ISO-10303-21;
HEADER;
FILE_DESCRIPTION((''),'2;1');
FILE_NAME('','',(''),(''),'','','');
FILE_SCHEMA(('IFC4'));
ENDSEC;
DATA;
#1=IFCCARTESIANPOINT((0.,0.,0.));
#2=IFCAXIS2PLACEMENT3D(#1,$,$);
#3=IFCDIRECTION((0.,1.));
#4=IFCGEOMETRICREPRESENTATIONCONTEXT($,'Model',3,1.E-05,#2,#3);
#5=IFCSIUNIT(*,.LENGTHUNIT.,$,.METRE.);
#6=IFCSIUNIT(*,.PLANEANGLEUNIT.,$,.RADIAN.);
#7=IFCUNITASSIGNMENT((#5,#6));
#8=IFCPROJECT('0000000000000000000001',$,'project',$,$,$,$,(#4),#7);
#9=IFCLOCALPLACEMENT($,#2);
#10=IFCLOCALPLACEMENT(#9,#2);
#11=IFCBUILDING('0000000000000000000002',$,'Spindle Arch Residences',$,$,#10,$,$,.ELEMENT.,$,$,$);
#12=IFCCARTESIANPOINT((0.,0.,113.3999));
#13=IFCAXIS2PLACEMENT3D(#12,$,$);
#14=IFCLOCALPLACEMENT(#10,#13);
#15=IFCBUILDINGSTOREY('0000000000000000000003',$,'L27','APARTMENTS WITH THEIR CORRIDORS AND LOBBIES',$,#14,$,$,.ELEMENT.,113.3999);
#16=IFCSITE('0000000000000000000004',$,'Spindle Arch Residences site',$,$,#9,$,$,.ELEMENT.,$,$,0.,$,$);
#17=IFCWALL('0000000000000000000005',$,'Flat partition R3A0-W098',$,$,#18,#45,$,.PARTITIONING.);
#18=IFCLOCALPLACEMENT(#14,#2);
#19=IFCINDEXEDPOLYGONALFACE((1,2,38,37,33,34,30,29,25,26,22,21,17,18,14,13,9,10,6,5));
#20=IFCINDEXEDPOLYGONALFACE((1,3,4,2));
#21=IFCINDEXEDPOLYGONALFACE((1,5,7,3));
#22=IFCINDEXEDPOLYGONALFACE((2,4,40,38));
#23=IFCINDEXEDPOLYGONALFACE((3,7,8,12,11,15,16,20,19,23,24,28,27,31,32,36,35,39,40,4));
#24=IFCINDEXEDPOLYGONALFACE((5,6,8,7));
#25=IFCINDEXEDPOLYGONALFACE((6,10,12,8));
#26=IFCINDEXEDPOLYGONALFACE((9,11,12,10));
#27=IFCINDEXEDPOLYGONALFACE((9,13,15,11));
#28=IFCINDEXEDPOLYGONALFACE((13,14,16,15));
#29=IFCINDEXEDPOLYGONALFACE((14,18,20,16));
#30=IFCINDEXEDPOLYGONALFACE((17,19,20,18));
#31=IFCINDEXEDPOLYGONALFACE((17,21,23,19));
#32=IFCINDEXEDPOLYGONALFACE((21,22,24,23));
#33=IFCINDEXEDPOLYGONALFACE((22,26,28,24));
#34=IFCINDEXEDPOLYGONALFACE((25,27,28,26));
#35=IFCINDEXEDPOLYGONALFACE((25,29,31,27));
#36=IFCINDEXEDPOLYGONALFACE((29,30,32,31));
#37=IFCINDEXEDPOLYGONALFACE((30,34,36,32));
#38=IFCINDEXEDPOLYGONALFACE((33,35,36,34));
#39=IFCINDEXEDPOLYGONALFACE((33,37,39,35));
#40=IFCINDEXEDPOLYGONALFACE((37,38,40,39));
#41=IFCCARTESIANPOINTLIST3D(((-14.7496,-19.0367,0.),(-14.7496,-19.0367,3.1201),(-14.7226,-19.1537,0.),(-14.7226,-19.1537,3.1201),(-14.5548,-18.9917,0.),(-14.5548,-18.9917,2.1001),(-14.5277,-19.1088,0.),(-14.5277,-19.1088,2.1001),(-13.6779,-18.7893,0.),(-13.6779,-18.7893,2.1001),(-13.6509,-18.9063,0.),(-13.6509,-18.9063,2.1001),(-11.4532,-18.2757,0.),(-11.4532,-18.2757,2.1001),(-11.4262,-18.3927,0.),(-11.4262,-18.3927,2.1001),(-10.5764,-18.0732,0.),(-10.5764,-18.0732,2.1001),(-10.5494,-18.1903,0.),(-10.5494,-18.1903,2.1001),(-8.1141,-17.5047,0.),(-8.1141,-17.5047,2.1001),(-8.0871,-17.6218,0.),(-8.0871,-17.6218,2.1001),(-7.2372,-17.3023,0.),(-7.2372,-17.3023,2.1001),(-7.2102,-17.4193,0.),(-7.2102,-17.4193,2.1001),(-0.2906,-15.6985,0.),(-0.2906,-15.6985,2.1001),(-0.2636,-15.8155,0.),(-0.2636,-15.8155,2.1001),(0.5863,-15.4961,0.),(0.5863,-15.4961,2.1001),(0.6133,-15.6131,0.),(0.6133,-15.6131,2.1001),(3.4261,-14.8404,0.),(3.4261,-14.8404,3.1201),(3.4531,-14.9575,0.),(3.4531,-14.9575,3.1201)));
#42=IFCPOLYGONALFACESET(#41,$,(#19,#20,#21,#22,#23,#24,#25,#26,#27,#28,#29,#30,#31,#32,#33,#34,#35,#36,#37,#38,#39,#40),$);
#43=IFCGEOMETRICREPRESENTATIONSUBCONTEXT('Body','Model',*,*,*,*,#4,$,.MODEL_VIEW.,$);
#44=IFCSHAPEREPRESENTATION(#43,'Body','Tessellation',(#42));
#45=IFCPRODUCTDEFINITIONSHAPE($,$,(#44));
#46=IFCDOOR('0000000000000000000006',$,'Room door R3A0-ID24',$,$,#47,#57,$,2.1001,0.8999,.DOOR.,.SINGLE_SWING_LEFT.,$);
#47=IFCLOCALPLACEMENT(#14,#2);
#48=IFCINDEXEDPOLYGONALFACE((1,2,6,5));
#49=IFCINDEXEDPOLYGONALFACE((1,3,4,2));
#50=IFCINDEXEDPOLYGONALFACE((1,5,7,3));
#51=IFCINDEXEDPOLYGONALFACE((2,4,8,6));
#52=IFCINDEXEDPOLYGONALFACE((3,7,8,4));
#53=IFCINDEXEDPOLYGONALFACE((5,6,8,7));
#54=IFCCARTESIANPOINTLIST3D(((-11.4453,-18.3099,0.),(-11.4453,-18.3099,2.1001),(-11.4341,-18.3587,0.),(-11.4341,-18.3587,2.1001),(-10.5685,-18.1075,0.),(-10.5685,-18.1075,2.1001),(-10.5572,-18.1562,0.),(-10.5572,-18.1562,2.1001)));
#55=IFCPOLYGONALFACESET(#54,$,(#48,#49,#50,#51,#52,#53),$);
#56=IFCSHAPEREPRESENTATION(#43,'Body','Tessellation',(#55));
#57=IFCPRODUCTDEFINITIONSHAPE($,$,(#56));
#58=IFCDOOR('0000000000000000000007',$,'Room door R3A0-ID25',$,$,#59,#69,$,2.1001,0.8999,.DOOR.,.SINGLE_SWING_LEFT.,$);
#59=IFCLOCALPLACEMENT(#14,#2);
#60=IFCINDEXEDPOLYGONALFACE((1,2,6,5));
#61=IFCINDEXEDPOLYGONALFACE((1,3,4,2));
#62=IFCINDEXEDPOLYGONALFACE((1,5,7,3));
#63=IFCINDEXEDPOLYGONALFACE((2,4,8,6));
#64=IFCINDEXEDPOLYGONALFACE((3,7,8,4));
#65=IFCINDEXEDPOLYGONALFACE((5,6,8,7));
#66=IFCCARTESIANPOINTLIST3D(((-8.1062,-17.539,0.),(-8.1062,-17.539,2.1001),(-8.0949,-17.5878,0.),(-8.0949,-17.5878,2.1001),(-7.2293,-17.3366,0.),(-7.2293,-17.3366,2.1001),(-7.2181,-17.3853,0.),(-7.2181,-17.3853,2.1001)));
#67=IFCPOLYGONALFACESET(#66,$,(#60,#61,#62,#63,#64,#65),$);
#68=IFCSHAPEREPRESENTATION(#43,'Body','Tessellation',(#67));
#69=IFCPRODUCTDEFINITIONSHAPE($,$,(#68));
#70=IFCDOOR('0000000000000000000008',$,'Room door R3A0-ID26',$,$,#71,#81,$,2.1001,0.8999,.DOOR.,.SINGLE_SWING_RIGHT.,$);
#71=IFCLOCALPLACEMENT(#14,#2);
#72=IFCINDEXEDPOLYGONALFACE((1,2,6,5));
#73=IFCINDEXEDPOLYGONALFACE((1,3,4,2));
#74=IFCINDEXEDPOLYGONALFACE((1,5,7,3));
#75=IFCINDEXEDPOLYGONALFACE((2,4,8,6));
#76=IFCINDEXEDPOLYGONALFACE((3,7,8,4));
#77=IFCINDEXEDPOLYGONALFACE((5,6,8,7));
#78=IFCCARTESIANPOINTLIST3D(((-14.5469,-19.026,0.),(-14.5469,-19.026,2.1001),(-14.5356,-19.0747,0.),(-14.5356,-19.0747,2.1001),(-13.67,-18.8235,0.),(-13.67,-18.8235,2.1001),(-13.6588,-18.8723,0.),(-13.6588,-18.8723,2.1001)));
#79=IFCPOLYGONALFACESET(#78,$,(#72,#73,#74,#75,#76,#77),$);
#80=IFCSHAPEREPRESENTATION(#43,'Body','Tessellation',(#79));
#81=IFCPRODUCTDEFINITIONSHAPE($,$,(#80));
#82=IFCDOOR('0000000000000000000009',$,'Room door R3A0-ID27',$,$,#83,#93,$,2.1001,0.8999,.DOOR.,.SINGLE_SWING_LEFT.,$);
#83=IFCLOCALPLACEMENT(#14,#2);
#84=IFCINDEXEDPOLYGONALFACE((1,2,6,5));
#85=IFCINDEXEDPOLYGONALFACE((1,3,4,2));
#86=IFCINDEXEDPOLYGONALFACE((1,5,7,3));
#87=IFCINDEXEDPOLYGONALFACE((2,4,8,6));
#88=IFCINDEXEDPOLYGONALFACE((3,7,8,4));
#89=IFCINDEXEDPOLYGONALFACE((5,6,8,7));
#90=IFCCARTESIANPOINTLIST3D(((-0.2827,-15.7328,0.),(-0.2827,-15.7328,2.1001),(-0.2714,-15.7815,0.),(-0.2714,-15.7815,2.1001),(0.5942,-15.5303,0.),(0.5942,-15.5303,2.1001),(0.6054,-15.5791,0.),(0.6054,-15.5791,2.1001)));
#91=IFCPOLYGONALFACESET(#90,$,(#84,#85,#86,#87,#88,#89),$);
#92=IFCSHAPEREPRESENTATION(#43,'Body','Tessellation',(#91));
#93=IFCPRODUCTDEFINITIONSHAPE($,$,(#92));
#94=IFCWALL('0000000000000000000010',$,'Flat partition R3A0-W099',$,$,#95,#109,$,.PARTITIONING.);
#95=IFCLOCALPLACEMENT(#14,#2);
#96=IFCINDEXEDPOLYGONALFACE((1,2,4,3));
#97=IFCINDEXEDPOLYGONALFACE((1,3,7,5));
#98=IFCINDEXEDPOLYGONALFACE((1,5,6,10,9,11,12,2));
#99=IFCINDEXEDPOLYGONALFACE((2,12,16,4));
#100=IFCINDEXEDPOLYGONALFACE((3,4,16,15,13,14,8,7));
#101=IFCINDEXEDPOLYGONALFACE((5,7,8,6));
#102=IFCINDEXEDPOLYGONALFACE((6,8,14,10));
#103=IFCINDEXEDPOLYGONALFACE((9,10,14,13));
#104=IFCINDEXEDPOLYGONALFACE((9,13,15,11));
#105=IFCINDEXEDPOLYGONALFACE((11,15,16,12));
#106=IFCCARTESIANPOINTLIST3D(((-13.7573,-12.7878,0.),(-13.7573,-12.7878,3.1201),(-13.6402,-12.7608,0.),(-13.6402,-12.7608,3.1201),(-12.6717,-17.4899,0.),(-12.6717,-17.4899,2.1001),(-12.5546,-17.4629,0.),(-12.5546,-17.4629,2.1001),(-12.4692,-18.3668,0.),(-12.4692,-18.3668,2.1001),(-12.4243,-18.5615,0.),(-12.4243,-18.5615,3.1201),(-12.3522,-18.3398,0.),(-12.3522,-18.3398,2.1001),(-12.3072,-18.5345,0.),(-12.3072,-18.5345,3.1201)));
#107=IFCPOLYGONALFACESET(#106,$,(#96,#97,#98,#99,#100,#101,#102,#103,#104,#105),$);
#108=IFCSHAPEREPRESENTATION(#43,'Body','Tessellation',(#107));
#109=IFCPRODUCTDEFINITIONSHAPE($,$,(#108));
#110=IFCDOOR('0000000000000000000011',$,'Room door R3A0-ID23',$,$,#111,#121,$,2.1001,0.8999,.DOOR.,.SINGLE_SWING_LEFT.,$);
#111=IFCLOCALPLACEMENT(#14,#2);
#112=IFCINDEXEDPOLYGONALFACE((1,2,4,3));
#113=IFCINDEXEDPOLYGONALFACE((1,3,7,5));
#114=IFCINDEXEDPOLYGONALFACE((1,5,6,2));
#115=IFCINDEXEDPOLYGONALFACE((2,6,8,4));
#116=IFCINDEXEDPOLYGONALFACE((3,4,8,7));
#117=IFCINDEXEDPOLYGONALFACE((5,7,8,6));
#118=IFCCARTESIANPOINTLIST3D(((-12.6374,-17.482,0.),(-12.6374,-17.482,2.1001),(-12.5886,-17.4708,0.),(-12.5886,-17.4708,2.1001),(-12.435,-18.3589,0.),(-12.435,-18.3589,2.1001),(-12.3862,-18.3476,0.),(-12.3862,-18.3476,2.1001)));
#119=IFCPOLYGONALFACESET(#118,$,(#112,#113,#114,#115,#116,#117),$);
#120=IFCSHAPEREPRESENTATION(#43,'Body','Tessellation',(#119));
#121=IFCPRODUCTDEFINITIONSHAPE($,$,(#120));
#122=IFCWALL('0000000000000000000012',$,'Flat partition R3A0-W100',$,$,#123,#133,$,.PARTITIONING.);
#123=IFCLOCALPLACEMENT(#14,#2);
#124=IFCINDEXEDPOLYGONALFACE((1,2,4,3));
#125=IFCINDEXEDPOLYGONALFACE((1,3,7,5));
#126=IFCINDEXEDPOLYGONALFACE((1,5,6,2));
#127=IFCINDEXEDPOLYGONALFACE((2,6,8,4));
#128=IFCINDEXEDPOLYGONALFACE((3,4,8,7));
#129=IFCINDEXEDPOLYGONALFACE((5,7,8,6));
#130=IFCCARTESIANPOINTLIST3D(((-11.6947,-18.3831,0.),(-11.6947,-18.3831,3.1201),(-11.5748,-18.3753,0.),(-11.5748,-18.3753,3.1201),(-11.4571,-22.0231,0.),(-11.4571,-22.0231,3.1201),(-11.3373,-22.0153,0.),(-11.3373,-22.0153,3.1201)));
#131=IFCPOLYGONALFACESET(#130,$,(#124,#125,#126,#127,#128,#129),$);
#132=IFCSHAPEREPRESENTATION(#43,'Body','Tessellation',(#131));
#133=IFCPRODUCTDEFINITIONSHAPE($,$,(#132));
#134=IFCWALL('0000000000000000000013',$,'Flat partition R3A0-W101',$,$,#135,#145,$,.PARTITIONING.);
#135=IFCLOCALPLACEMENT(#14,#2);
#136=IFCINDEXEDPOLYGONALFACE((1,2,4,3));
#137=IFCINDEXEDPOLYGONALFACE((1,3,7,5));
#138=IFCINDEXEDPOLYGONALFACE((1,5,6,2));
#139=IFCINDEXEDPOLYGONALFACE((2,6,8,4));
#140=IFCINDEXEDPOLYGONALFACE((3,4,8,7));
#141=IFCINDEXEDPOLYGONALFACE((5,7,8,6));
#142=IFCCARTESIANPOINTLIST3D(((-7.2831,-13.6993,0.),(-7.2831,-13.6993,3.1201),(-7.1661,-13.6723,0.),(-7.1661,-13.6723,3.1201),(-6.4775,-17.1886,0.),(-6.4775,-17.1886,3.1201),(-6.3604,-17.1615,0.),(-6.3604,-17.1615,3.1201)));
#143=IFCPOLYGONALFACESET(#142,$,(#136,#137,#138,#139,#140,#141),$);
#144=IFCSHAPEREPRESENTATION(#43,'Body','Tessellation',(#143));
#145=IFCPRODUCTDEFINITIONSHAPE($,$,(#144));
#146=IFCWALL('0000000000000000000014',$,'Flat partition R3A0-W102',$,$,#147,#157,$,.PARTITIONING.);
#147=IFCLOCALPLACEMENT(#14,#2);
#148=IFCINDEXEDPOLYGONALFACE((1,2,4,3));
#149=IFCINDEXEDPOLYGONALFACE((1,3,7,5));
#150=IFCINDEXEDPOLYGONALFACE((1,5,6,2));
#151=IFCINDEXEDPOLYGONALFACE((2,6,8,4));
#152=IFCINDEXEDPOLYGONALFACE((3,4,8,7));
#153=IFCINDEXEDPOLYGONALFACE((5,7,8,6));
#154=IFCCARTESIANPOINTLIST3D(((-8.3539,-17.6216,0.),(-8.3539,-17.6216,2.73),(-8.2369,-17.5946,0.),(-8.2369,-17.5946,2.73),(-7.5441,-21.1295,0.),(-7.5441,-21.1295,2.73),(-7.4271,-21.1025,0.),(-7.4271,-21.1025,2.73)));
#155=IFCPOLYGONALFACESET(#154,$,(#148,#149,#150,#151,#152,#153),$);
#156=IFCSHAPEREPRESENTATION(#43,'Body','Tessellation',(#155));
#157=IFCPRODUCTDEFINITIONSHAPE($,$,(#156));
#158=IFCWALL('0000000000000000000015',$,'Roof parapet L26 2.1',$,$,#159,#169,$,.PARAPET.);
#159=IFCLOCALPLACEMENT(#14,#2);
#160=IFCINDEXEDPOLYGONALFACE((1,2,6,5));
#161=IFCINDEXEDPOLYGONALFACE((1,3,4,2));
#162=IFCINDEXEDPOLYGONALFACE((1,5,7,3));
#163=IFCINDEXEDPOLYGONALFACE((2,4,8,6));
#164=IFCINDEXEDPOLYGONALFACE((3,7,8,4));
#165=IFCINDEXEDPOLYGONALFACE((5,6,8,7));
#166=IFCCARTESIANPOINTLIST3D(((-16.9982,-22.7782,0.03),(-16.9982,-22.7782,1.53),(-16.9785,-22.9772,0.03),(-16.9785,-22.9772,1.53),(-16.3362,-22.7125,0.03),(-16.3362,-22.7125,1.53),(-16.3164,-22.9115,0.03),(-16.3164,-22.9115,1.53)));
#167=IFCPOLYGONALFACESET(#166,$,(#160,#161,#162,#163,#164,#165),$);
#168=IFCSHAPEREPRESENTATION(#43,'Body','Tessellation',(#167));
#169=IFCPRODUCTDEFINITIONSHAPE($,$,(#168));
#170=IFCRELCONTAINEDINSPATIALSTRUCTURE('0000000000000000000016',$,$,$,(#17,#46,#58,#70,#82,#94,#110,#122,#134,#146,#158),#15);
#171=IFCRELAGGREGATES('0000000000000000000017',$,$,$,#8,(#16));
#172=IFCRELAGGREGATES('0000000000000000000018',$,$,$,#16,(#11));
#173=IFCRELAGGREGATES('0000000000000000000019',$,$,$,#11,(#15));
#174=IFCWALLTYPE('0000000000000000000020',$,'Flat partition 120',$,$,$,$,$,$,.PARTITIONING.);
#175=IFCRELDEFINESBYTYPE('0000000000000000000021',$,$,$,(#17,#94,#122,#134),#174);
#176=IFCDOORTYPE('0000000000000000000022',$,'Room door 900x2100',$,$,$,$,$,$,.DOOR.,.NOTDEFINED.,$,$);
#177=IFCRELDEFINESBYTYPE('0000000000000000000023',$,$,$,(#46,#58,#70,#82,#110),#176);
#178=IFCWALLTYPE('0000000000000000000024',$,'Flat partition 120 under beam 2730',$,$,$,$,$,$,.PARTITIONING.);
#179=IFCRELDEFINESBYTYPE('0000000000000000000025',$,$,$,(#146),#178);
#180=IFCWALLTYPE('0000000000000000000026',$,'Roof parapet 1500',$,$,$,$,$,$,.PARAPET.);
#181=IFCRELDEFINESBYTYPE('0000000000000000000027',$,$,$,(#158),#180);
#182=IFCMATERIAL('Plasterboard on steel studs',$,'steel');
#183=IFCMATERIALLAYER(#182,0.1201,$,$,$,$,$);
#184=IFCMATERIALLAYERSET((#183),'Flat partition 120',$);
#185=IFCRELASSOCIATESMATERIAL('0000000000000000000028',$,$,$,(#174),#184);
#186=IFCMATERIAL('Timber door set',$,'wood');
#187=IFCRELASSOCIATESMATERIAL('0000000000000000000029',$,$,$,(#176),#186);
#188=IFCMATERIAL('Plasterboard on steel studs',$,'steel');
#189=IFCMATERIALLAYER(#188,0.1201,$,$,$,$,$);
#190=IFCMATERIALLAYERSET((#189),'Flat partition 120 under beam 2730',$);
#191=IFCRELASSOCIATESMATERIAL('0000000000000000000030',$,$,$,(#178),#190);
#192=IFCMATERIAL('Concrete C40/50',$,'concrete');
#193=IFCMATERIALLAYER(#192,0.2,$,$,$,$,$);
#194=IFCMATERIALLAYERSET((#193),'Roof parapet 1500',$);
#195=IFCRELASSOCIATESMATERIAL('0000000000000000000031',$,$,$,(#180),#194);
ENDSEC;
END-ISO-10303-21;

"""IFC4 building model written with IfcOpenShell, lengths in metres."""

from ifc_helpers import new_model, si_unit, direction, frame, frame_2d, origin, place, context, subcontext, project, spatial, rectangle, extrude, material, layer, layer_set, type_object, element, fill, save


model = new_model("IFC4")

# Units and contexts
model_context = context("Model", 3, precision=1e-05, world=origin(), true_north=direction((0.0, 1.0)))
body_context = subcontext(model_context, "Body", "Model", "MODEL_VIEW")
ifc_project = project(units=[si_unit("LENGTHUNIT", "METRE"), si_unit("PLANEANGLEUNIT", "RADIAN")], contexts=[model_context])

# Site, building, storey
site_placement = place(None, origin())
site = spatial("IfcSite", under=ifc_project, at=site_placement, Name="Spindle Arch Residences site", CompositionType="ELEMENT", RefElevation=0.0)
building_placement = place(site_placement, origin())
building = spatial("IfcBuilding", under=site, at=building_placement, Name="Spindle Arch Residences", CompositionType="ELEMENT")
storey_placement = place(building_placement, frame((0.0, 0.0, 113.3999)))
storey = spatial("IfcBuildingStorey", under=building, at=storey_placement, Name="L27", Description="APARTMENTS WITH THEIR CORRIDORS AND LOBBIES", CompositionType="ELEMENT", Elevation=113.3999)

# Shared definitions
ifc_material_1 = material(Name="Plasterboard on steel studs", Category="steel")
ifc_layer_1 = layer(ifc_material_1, 0.1201)
ifc_layer_set_1 = layer_set([ifc_layer_1], Name="Flat partition 120")
wall_type_1 = type_object("IfcWallType", Name="Flat partition 120", PredefinedType="PARTITIONING", material=ifc_layer_set_1)

# Wall, openings, doors
wall_1_placement = place(storey_placement, frame((-14.7361, -19.0952, 0.0), z_axis=(0.0, 0.0, 1.0), x_axis=(0.974369, 0.224955, 0.0)))
wall_1 = element("IfcWall", 1, at=wall_1_placement, inside=storey, type_object=wall_type_1, Name="Flat partition R3A0-W098", PredefinedType="PARTITIONING", context=body_context, shape_type="SweptSolid", body=[
    extrude(rectangle(XDim=18.6538, YDim=0.1201, at=frame_2d((9.3269, 0.0))), origin(), (0.0, 0.0, 1.0), 3.1201),
])
opening_1_placement = place(wall_1_placement, frame((3.3831, 0.0, 0.0)))
opening_1 = element("IfcOpeningElement", 2, at=opening_1_placement, cuts=wall_1, PredefinedType="OPENING", context=body_context, shape_type="SweptSolid", body=[
    extrude(rectangle(XDim=0.8999, YDim=2.1001, at=frame_2d((0.45, 1.05))), frame((0.0, 0.0701, 0.0), z_axis=(0.0, -1.0, 0.0), x_axis=(1.0, 0.0, 0.0)), (0.0, 0.0, 1.0), 0.1401),
])
opening_2_placement = place(wall_1_placement, frame((6.8101, 0.0, 0.0)))
opening_2 = element("IfcOpeningElement", 3, at=opening_2_placement, cuts=wall_1, PredefinedType="OPENING", context=body_context, shape_type="SweptSolid", body=[
    extrude(rectangle(XDim=0.8999, YDim=2.1001, at=frame_2d((0.45, 1.05))), frame((0.0, 0.0701, 0.0), z_axis=(0.0, -1.0, 0.0), x_axis=(1.0, 0.0, 0.0)), (0.0, 0.0, 1.0), 0.1401),
])
opening_3_placement = place(wall_1_placement, frame((0.2, 0.0, 0.0)))
opening_3 = element("IfcOpeningElement", 4, at=opening_3_placement, cuts=wall_1, PredefinedType="OPENING", context=body_context, shape_type="SweptSolid", body=[
    extrude(rectangle(XDim=0.8999, YDim=2.1001, at=frame_2d((0.45, 1.05))), frame((0.0, 0.0701, 0.0), z_axis=(0.0, -1.0, 0.0), x_axis=(1.0, 0.0, 0.0)), (0.0, 0.0, 1.0), 0.1401),
])
opening_4_placement = place(wall_1_placement, frame((14.8394, 0.0, 0.0)))
opening_4 = element("IfcOpeningElement", 5, at=opening_4_placement, cuts=wall_1, PredefinedType="OPENING", context=body_context, shape_type="SweptSolid", body=[
    extrude(rectangle(XDim=0.8999, YDim=2.1001, at=frame_2d((0.45, 1.05))), frame((0.0, 0.0701, 0.0), z_axis=(0.0, -1.0, 0.0), x_axis=(1.0, 0.0, 0.0)), (0.0, 0.0, 1.0), 0.1401),
])
ifc_material_2 = material(Name="Timber door set", Category="wood")
door_type = type_object("IfcDoorType", Name="Room door 900x2100", OperationType="NOTDEFINED", PredefinedType="DOOR", material=ifc_material_2)
door_1_placement = place(opening_1_placement, origin())
door_1 = element("IfcDoor", 6, at=door_1_placement, inside=storey, type_object=door_type, Name="Room door R3A0-ID24", OperationType="SINGLE_SWING_LEFT", OverallHeight=2.1001, OverallWidth=0.8999, PredefinedType="DOOR", context=body_context, shape_type="SweptSolid", body=[
    extrude(rectangle(XDim=0.8999, YDim=2.1001, at=frame_2d((0.45, 1.05))), frame((0.0, 0.0249, 0.0), z_axis=(0.0, -1.0, 0.0), x_axis=(1.0, 0.0, 0.0)), (0.0, 0.0, 1.0), 0.05),
])
fill(opening_1, door_1)
door_2_placement = place(opening_2_placement, origin())
door_2 = element("IfcDoor", 7, at=door_2_placement, inside=storey, type_object=door_type, Name="Room door R3A0-ID25", OperationType="SINGLE_SWING_LEFT", OverallHeight=2.1001, OverallWidth=0.8999, PredefinedType="DOOR", context=body_context, shape_type="SweptSolid", body=[
    extrude(rectangle(XDim=0.8999, YDim=2.1001, at=frame_2d((0.45, 1.05))), frame((0.0, 0.0249, 0.0), z_axis=(0.0, -1.0, 0.0), x_axis=(1.0, 0.0, 0.0)), (0.0, 0.0, 1.0), 0.05),
])
fill(opening_2, door_2)
door_3_placement = place(opening_3_placement, origin())
door_3 = element("IfcDoor", 8, at=door_3_placement, inside=storey, type_object=door_type, Name="Room door R3A0-ID26", OperationType="SINGLE_SWING_RIGHT", OverallHeight=2.1001, OverallWidth=0.8999, PredefinedType="DOOR", context=body_context, shape_type="SweptSolid", body=[
    extrude(rectangle(XDim=0.8999, YDim=2.1001, at=frame_2d((0.45, 1.05))), frame((0.0, 0.0249, 0.0), z_axis=(0.0, -1.0, 0.0), x_axis=(1.0, 0.0, 0.0)), (0.0, 0.0, 1.0), 0.05),
])
fill(opening_3, door_3)
door_4_placement = place(opening_4_placement, origin())
door_4 = element("IfcDoor", 9, at=door_4_placement, inside=storey, type_object=door_type, Name="Room door R3A0-ID27", OperationType="SINGLE_SWING_LEFT", OverallHeight=2.1001, OverallWidth=0.8999, PredefinedType="DOOR", context=body_context, shape_type="SweptSolid", body=[
    extrude(rectangle(XDim=0.8999, YDim=2.1001, at=frame_2d((0.45, 1.05))), frame((0.0, 0.0249, 0.0), z_axis=(0.0, -1.0, 0.0), x_axis=(1.0, 0.0, 0.0)), (0.0, 0.0, 1.0), 0.05),
])
fill(opening_4, door_4)

# Wall, opening, door
wall_2_placement = place(storey_placement, frame((-12.3657, -18.5481, 0.0), z_axis=(0.0, 0.0, 1.0), x_axis=(-0.224959, 0.974368, 0.0)))
wall_2 = element("IfcWall", 10, at=wall_2_placement, inside=storey, type_object=wall_type_1, Name="Flat partition R3A0-W099", PredefinedType="PARTITIONING", context=body_context, shape_type="SweptSolid", body=[
    extrude(rectangle(XDim=5.9255, YDim=0.1201, at=frame_2d((2.9629, 0.0))), origin(), (0.0, 0.0, 1.0), 3.1201),
])
opening_5_placement = place(wall_2_placement, frame((0.2, 0.0, 0.0)))
opening_5 = element("IfcOpeningElement", 11, at=opening_5_placement, cuts=wall_2, PredefinedType="OPENING", context=body_context, shape_type="SweptSolid", body=[
    extrude(rectangle(XDim=0.8999, YDim=2.1001, at=frame_2d((0.45, 1.05))), frame((0.0, 0.0701, 0.0), z_axis=(0.0, -1.0, 0.0), x_axis=(1.0, 0.0, 0.0)), (0.0, 0.0, 1.0), 0.1401),
])
door_5_placement = place(opening_5_placement, origin())
door_5 = element("IfcDoor", 12, at=door_5_placement, inside=storey, type_object=door_type, Name="Room door R3A0-ID23", OperationType="SINGLE_SWING_LEFT", OverallHeight=2.1001, OverallWidth=0.8999, PredefinedType="DOOR", context=body_context, shape_type="SweptSolid", body=[
    extrude(rectangle(XDim=0.8999, YDim=2.1001, at=frame_2d((0.45, 1.05))), frame((0.0, 0.0249, 0.0), z_axis=(0.0, -1.0, 0.0), x_axis=(1.0, 0.0, 0.0)), (0.0, 0.0, 1.0), 0.05),
])
fill(opening_5, door_5)

# Walls
wall_3_placement = place(storey_placement, frame((-11.3972, -22.019, 0.0), z_axis=(0.0, 0.0, 1.0), x_axis=(-0.065124, 0.997877, 0.0)))
element("IfcWall", 13, at=wall_3_placement, inside=storey, type_object=wall_type_1, Name="Flat partition R3A0-W100", PredefinedType="PARTITIONING", context=body_context, shape_type="SweptSolid", body=[
    extrude(rectangle(XDim=3.6477, YDim=0.1201, at=frame_2d((1.8237, 0.0))), origin(), (0.0, 0.0, 1.0), 3.1201),
])
wall_4_placement = place(storey_placement, frame((-6.4189, -17.175, 0.0), z_axis=(0.0, 0.0, 1.0), x_axis=(-0.224979, 0.974364, 0.0)))
element("IfcWall", 14, at=wall_4_placement, inside=storey, type_object=wall_type_1, Name="Flat partition R3A0-W101", PredefinedType="PARTITIONING", context=body_context, shape_type="SweptSolid", body=[
    extrude(rectangle(XDim=3.5811, YDim=0.1201, at=frame_2d((1.7905, 0.0))), origin(), (0.0, 0.0, 1.0), 3.1201),
])
ifc_material_3 = material(Name="Plasterboard on steel studs", Category="steel")
ifc_layer_2 = layer(ifc_material_3, 0.1201)
ifc_layer_set_2 = layer_set([ifc_layer_2], Name="Flat partition 120 under beam 2730")
wall_type_2 = type_object("IfcWallType", Name="Flat partition 120 under beam 2730", PredefinedType="PARTITIONING", material=ifc_layer_set_2)
wall_5_placement = place(storey_placement, frame((-7.4856, -21.116, 0.0), z_axis=(0.0, 0.0, 1.0), x_axis=(-0.224944, 0.974372, 0.0)))
element("IfcWall", 15, at=wall_5_placement, inside=storey, type_object=wall_type_2, Name="Flat partition R3A0-W102", PredefinedType="PARTITIONING", context=body_context, shape_type="SweptSolid", body=[
    extrude(rectangle(XDim=3.6001, YDim=0.1201, at=frame_2d((1.8, 0.0))), origin(), (0.0, 0.0, 1.0), 2.73),
])
ifc_material_4 = material(Name="Concrete C40/50", Category="concrete")
ifc_layer_3 = layer(ifc_material_4, 0.2)
ifc_layer_set_3 = layer_set([ifc_layer_3], Name="Roof parapet 1500")
wall_type_3 = type_object("IfcWallType", Name="Roof parapet 1500", PredefinedType="PARAPET", material=ifc_layer_set_3)
wall_6_placement = place(storey_placement, frame((-16.3264, -22.812, 0.03), z_axis=(0.0, 0.0, 1.0), x_axis=(-0.995117, -0.098704, 0.0)))
element("IfcWall", 16, at=wall_6_placement, inside=storey, type_object=wall_type_3, Name="Roof parapet L26 2.1", PredefinedType="PARAPET", context=body_context, shape_type="SweptSolid", body=[
    extrude(rectangle(XDim=0.6653, YDim=0.2, at=frame_2d((0.3325, 0.0))), origin(), (0.0, 0.0, 1.0), 1.5),
])

save(model, "model.ifc")
